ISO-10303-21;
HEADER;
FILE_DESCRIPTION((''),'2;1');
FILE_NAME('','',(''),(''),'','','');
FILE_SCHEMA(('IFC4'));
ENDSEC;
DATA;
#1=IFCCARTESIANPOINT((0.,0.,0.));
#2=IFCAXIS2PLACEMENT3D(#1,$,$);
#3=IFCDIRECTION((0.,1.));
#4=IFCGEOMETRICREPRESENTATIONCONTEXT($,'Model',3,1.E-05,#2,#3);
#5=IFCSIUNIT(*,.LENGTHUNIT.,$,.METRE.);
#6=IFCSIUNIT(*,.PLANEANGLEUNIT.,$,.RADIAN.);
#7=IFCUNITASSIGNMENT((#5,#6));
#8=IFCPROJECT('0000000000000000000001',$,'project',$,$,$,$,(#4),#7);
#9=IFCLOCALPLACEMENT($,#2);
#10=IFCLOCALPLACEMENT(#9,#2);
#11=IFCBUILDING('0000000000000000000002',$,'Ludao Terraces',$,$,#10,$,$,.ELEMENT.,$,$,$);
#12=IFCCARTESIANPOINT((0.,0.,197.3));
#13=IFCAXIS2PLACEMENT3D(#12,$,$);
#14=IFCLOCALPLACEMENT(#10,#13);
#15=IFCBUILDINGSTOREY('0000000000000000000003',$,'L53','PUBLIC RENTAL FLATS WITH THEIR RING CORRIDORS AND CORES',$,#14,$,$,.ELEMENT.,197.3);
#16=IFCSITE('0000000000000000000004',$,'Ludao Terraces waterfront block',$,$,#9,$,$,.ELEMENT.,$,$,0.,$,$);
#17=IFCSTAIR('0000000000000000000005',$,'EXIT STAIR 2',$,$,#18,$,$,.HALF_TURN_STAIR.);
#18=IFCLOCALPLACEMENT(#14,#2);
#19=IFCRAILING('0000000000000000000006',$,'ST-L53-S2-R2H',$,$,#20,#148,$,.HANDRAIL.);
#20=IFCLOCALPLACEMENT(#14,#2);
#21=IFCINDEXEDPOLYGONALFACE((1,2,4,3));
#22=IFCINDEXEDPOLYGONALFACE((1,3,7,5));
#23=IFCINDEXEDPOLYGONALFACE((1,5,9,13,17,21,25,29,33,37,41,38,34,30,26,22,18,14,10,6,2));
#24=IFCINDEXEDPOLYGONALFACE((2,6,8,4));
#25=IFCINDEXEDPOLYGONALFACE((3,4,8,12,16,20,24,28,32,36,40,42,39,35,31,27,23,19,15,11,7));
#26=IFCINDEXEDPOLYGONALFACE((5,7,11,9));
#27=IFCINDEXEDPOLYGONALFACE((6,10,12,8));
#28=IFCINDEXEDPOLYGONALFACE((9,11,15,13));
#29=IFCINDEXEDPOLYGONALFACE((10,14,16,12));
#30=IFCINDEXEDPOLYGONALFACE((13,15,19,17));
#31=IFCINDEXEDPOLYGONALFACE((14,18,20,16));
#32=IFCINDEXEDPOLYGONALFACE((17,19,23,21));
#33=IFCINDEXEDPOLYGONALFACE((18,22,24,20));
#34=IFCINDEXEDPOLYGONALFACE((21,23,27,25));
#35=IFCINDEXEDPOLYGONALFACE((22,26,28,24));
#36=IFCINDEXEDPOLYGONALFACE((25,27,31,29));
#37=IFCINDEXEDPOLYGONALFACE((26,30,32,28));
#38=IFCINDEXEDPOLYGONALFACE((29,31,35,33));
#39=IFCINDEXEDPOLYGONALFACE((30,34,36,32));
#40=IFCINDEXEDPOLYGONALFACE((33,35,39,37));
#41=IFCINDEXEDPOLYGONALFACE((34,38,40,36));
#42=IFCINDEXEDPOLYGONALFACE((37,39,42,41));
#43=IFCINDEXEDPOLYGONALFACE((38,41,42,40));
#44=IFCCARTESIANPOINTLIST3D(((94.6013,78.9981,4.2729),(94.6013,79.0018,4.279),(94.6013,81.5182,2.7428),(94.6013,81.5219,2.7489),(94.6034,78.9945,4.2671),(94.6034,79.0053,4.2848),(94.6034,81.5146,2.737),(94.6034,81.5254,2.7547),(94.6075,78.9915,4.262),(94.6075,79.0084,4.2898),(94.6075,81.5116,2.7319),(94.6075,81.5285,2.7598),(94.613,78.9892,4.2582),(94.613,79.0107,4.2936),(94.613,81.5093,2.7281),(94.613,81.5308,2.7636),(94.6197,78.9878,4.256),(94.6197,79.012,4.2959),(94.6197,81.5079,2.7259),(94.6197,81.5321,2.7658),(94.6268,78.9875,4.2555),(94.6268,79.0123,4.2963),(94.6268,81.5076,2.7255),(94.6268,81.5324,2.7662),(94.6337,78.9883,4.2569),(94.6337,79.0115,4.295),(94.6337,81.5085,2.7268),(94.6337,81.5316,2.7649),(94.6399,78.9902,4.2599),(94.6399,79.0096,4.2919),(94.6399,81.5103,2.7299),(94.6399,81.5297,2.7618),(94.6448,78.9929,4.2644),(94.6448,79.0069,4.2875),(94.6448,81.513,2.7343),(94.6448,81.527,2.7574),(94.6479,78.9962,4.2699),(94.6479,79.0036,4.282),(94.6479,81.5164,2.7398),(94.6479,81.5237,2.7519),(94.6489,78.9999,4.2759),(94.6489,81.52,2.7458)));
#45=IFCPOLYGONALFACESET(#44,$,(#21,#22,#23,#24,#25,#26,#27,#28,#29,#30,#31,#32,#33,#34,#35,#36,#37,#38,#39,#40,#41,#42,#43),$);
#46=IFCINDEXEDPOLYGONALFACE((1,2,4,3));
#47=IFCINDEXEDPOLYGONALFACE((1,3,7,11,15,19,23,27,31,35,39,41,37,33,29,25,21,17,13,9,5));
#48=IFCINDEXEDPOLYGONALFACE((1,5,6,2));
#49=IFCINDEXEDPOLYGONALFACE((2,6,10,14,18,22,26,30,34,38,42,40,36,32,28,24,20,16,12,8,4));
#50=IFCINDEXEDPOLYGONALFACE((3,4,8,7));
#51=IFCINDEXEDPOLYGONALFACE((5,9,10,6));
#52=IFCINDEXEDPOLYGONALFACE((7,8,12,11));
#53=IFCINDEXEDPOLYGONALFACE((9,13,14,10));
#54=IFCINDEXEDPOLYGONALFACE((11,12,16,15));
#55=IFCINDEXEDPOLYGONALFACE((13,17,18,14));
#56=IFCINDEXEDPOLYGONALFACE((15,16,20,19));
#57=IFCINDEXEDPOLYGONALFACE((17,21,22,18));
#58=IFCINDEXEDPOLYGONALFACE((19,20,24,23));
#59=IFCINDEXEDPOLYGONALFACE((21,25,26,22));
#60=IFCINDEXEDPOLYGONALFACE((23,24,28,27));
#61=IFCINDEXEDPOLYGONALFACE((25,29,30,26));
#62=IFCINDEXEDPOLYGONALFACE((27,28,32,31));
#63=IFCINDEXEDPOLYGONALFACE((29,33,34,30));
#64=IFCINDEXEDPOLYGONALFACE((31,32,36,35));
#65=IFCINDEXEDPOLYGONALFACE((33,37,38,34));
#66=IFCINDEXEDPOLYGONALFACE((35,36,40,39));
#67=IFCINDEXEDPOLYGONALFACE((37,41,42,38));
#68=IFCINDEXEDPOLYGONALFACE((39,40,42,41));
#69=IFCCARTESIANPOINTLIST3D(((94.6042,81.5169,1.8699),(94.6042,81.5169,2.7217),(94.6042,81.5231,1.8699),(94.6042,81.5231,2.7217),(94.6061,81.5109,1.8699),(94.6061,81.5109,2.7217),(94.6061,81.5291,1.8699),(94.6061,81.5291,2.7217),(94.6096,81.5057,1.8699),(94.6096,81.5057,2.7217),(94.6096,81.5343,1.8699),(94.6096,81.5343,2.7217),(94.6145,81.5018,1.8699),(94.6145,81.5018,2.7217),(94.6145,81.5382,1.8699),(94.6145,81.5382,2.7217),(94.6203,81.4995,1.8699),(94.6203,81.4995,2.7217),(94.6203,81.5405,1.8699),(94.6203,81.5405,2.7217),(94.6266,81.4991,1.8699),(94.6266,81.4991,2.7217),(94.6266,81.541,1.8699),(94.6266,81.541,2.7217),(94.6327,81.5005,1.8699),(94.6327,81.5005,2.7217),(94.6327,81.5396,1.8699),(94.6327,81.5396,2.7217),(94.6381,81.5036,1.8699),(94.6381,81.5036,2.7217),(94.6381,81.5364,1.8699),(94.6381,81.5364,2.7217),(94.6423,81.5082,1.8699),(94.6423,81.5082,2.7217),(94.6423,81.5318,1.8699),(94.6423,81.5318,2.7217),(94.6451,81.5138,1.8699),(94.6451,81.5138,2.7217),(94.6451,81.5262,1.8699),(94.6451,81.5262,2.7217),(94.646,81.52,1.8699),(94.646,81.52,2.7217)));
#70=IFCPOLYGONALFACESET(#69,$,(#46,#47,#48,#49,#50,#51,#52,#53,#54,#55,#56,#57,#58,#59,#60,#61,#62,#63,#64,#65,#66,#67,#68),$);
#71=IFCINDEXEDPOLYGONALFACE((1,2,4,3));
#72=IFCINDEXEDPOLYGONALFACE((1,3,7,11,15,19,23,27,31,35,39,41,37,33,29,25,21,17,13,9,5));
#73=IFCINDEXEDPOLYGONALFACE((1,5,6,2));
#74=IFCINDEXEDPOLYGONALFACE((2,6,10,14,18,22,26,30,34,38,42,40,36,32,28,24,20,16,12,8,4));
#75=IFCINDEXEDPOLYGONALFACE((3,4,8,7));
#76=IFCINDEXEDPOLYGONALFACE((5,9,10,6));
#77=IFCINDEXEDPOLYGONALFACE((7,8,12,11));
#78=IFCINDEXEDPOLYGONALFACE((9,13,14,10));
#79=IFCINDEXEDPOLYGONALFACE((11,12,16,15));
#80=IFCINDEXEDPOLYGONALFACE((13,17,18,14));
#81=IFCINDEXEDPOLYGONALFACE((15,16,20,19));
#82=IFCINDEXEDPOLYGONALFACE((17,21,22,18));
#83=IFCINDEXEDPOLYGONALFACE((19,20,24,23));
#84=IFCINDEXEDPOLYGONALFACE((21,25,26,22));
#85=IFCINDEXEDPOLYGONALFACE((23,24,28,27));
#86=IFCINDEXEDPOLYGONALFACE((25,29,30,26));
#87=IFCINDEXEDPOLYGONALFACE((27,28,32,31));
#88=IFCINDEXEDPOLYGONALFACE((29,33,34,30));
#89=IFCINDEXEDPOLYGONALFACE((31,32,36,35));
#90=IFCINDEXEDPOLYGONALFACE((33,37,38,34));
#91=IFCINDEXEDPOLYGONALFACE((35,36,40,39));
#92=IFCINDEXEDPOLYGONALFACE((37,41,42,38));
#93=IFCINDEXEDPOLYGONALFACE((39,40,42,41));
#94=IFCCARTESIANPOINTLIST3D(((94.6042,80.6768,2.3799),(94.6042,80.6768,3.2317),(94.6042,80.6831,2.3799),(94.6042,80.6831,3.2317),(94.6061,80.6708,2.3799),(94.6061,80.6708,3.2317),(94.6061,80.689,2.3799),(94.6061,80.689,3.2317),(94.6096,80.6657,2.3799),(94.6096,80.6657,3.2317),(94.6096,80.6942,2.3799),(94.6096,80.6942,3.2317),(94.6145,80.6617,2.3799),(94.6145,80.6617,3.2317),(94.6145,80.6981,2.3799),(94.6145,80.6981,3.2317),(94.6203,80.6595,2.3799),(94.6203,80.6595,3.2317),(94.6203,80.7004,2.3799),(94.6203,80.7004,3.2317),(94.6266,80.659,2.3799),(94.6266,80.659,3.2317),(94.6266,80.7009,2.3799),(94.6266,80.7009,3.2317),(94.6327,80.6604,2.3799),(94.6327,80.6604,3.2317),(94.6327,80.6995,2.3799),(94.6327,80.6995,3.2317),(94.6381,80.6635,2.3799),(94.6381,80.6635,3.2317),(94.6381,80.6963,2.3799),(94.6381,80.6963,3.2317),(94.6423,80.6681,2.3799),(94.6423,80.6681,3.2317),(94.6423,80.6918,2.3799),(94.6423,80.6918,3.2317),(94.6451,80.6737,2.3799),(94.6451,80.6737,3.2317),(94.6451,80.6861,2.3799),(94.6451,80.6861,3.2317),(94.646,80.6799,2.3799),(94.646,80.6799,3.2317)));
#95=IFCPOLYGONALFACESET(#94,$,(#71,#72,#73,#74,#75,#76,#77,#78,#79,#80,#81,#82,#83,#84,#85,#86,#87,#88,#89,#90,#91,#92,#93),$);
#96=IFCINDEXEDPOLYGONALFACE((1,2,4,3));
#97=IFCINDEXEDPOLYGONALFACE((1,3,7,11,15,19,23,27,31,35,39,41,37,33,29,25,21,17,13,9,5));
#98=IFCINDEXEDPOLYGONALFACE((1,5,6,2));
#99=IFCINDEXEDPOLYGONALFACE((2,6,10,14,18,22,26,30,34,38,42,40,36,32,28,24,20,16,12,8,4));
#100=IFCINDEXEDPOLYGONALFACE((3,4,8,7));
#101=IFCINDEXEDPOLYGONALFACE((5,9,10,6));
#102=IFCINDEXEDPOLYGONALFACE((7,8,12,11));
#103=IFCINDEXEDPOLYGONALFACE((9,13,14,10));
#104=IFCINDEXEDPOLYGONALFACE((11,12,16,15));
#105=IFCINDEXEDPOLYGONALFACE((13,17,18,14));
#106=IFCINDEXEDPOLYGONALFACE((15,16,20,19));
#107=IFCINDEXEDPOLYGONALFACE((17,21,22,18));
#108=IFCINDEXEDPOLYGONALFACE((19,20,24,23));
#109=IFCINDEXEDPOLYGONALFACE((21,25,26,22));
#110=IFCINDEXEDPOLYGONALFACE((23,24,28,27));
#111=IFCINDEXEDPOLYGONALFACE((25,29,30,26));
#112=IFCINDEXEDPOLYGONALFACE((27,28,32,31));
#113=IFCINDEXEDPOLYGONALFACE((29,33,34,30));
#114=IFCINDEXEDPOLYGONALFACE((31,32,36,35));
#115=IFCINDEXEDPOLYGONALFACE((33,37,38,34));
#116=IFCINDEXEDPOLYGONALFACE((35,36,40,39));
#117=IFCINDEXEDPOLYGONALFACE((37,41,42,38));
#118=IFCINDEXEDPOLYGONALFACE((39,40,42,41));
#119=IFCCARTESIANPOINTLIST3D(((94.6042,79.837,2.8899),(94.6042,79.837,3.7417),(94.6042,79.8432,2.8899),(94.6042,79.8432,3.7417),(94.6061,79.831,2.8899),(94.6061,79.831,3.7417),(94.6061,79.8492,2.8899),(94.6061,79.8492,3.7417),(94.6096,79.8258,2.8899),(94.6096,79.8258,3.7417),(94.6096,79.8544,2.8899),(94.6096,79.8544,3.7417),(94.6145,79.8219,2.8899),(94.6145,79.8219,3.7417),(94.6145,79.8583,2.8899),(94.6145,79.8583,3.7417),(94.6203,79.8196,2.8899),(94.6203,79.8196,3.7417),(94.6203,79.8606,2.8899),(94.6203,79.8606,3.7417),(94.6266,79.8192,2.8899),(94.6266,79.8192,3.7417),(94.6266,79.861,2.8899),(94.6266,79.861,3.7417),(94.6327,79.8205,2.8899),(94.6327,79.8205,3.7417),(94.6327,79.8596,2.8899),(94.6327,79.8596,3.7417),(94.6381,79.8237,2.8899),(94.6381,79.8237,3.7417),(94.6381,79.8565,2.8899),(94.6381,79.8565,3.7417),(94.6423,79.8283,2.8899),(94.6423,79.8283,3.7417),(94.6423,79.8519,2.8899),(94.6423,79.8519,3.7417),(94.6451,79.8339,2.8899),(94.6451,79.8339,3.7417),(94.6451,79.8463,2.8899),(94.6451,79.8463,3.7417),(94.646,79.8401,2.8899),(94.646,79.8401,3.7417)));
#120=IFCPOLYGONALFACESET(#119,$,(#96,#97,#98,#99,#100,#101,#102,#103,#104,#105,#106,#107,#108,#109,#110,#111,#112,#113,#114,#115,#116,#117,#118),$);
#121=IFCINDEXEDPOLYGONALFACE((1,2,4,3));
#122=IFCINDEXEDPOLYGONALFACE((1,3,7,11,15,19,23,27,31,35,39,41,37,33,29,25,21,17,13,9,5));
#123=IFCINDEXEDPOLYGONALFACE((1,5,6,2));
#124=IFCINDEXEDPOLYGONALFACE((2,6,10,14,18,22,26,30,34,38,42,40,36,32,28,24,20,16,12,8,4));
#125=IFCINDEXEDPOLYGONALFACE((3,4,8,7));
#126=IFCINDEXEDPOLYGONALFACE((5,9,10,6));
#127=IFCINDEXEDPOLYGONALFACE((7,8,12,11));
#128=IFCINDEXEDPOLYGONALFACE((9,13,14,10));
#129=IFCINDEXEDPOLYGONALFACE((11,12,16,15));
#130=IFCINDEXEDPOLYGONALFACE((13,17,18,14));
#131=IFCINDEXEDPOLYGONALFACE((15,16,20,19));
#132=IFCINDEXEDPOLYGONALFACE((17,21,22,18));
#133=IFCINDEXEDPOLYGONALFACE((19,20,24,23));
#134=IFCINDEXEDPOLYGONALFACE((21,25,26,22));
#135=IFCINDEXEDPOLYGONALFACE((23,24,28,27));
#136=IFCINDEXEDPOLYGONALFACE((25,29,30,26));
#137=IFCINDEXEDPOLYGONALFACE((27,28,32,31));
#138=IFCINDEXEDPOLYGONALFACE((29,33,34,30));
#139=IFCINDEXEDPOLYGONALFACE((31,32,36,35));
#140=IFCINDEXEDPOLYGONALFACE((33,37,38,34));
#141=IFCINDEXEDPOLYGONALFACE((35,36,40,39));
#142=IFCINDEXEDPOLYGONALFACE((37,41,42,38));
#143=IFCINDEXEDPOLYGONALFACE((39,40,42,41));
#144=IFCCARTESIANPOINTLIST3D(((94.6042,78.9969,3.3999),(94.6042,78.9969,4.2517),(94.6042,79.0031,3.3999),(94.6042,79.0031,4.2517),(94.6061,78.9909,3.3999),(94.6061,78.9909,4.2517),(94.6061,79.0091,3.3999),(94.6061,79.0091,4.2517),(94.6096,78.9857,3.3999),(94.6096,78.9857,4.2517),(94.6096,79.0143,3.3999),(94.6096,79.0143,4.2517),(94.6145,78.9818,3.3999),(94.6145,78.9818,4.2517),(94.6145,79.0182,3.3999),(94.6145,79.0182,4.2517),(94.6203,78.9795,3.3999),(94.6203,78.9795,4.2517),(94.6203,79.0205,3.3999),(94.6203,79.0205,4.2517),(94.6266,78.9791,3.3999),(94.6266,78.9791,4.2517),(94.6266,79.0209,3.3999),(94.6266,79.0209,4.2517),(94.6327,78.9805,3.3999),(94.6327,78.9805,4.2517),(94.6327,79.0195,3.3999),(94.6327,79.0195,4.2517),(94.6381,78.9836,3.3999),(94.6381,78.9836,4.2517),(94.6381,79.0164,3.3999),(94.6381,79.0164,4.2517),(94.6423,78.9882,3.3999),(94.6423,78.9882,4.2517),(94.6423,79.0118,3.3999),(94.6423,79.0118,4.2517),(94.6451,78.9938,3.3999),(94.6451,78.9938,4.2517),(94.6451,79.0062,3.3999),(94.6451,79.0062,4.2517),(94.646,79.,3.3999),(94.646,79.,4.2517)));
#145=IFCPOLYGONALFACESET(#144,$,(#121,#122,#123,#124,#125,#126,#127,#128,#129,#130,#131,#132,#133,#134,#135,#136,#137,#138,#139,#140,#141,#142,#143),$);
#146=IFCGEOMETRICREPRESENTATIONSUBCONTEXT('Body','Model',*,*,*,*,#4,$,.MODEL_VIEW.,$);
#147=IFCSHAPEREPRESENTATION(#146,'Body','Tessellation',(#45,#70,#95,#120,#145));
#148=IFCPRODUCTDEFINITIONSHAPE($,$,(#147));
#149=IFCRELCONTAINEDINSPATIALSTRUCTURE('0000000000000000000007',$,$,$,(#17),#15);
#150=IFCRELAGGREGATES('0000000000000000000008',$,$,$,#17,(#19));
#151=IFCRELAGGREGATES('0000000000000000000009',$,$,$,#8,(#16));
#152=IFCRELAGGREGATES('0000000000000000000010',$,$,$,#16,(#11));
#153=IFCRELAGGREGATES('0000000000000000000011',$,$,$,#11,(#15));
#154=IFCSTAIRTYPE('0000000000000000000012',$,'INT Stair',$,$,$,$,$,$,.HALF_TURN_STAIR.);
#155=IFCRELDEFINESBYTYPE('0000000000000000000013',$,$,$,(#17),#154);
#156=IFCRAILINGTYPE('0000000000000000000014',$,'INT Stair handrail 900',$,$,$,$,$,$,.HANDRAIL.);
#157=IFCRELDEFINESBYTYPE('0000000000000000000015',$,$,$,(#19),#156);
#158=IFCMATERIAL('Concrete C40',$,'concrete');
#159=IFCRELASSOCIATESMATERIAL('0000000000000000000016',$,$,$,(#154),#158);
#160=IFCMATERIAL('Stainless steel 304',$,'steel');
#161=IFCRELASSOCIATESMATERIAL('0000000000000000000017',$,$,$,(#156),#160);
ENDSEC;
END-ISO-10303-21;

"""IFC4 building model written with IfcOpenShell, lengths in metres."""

from ifc_helpers import new_model, si_unit, direction, frame, origin, origin_2d, place, context, subcontext, project, spatial, circle, extrude, material, type_object, element, aggregate, save


model = new_model("IFC4")

# Units and contexts
model_context = context("Model", 3, precision=1e-05, world=origin(), true_north=direction((0.0, 1.0)))
body_context = subcontext(model_context, "Body", "Model", "MODEL_VIEW")
ifc_project = project(units=[si_unit("LENGTHUNIT", "METRE"), si_unit("PLANEANGLEUNIT", "RADIAN")], contexts=[model_context])

# Site, building, storey
site_placement = place(None, origin())
site = spatial("IfcSite", under=ifc_project, at=site_placement, Name="Ludao Terraces waterfront block", CompositionType="ELEMENT", RefElevation=0.0)
building_placement = place(site_placement, origin())
building = spatial("IfcBuilding", under=site, at=building_placement, Name="Ludao Terraces", CompositionType="ELEMENT")
storey_placement = place(building_placement, frame((0.0, 0.0, 197.3)))
storey = spatial("IfcBuildingStorey", under=building, at=storey_placement, Name="L53", Description="PUBLIC RENTAL FLATS WITH THEIR RING CORRIDORS AND CORES", CompositionType="ELEMENT", Elevation=197.3)

# Shared definitions
ifc_material_1 = material(Name="Stainless steel 304", Category="steel")

# Stair, railing
ifc_material_2 = material(Name="Concrete C40", Category="concrete")
stair_type = type_object("IfcStairType", Name="INT Stair", PredefinedType="HALF_TURN_STAIR", material=ifc_material_2)
stair_placement = place(storey_placement, origin())
stair = element("IfcStair", 1, at=stair_placement, inside=storey, type_object=stair_type, Name="EXIT STAIR 2", PredefinedType="HALF_TURN_STAIR")
railing_type_1 = type_object("IfcRailingType", Name="INT Stair handrail 900", PredefinedType="HANDRAIL", material=ifc_material_1)
railing_1_placement = place(storey_placement, frame((94.625, 81.52, 1.8699)))
railing_1 = element("IfcRailing", 2, at=railing_1_placement, type_object=railing_type_1, Name="ST-L53-S2-R2H", PredefinedType="HANDRAIL", context=body_context, shape_type="SweptSolid", body=[
    extrude(circle(Radius=0.0239, at=origin_2d()), frame((0.0, 0.0, 0.876), z_axis=(0.0, -0.854785, 0.518982), x_axis=(1.0, 0.0, 0.0)), (0.0, 0.0, 1.0), 2.9482),
    extrude(circle(Radius=0.021, at=origin_2d()), origin(), (0.0, 0.0, 1.0), 0.8518),
    extrude(circle(Radius=0.021, at=origin_2d()), frame((0.0, -0.8401, 0.51)), (0.0, 0.0, 1.0), 0.8518),
    extrude(circle(Radius=0.021, at=origin_2d()), frame((0.0, -1.6799, 1.02)), (0.0, 0.0, 1.0), 0.8518),
    extrude(circle(Radius=0.021, at=origin_2d()), frame((0.0, -2.52, 1.53)), (0.0, 0.0, 1.0), 0.8518),
])
aggregate(stair, [railing_1])

save(model, "model.ifc")
